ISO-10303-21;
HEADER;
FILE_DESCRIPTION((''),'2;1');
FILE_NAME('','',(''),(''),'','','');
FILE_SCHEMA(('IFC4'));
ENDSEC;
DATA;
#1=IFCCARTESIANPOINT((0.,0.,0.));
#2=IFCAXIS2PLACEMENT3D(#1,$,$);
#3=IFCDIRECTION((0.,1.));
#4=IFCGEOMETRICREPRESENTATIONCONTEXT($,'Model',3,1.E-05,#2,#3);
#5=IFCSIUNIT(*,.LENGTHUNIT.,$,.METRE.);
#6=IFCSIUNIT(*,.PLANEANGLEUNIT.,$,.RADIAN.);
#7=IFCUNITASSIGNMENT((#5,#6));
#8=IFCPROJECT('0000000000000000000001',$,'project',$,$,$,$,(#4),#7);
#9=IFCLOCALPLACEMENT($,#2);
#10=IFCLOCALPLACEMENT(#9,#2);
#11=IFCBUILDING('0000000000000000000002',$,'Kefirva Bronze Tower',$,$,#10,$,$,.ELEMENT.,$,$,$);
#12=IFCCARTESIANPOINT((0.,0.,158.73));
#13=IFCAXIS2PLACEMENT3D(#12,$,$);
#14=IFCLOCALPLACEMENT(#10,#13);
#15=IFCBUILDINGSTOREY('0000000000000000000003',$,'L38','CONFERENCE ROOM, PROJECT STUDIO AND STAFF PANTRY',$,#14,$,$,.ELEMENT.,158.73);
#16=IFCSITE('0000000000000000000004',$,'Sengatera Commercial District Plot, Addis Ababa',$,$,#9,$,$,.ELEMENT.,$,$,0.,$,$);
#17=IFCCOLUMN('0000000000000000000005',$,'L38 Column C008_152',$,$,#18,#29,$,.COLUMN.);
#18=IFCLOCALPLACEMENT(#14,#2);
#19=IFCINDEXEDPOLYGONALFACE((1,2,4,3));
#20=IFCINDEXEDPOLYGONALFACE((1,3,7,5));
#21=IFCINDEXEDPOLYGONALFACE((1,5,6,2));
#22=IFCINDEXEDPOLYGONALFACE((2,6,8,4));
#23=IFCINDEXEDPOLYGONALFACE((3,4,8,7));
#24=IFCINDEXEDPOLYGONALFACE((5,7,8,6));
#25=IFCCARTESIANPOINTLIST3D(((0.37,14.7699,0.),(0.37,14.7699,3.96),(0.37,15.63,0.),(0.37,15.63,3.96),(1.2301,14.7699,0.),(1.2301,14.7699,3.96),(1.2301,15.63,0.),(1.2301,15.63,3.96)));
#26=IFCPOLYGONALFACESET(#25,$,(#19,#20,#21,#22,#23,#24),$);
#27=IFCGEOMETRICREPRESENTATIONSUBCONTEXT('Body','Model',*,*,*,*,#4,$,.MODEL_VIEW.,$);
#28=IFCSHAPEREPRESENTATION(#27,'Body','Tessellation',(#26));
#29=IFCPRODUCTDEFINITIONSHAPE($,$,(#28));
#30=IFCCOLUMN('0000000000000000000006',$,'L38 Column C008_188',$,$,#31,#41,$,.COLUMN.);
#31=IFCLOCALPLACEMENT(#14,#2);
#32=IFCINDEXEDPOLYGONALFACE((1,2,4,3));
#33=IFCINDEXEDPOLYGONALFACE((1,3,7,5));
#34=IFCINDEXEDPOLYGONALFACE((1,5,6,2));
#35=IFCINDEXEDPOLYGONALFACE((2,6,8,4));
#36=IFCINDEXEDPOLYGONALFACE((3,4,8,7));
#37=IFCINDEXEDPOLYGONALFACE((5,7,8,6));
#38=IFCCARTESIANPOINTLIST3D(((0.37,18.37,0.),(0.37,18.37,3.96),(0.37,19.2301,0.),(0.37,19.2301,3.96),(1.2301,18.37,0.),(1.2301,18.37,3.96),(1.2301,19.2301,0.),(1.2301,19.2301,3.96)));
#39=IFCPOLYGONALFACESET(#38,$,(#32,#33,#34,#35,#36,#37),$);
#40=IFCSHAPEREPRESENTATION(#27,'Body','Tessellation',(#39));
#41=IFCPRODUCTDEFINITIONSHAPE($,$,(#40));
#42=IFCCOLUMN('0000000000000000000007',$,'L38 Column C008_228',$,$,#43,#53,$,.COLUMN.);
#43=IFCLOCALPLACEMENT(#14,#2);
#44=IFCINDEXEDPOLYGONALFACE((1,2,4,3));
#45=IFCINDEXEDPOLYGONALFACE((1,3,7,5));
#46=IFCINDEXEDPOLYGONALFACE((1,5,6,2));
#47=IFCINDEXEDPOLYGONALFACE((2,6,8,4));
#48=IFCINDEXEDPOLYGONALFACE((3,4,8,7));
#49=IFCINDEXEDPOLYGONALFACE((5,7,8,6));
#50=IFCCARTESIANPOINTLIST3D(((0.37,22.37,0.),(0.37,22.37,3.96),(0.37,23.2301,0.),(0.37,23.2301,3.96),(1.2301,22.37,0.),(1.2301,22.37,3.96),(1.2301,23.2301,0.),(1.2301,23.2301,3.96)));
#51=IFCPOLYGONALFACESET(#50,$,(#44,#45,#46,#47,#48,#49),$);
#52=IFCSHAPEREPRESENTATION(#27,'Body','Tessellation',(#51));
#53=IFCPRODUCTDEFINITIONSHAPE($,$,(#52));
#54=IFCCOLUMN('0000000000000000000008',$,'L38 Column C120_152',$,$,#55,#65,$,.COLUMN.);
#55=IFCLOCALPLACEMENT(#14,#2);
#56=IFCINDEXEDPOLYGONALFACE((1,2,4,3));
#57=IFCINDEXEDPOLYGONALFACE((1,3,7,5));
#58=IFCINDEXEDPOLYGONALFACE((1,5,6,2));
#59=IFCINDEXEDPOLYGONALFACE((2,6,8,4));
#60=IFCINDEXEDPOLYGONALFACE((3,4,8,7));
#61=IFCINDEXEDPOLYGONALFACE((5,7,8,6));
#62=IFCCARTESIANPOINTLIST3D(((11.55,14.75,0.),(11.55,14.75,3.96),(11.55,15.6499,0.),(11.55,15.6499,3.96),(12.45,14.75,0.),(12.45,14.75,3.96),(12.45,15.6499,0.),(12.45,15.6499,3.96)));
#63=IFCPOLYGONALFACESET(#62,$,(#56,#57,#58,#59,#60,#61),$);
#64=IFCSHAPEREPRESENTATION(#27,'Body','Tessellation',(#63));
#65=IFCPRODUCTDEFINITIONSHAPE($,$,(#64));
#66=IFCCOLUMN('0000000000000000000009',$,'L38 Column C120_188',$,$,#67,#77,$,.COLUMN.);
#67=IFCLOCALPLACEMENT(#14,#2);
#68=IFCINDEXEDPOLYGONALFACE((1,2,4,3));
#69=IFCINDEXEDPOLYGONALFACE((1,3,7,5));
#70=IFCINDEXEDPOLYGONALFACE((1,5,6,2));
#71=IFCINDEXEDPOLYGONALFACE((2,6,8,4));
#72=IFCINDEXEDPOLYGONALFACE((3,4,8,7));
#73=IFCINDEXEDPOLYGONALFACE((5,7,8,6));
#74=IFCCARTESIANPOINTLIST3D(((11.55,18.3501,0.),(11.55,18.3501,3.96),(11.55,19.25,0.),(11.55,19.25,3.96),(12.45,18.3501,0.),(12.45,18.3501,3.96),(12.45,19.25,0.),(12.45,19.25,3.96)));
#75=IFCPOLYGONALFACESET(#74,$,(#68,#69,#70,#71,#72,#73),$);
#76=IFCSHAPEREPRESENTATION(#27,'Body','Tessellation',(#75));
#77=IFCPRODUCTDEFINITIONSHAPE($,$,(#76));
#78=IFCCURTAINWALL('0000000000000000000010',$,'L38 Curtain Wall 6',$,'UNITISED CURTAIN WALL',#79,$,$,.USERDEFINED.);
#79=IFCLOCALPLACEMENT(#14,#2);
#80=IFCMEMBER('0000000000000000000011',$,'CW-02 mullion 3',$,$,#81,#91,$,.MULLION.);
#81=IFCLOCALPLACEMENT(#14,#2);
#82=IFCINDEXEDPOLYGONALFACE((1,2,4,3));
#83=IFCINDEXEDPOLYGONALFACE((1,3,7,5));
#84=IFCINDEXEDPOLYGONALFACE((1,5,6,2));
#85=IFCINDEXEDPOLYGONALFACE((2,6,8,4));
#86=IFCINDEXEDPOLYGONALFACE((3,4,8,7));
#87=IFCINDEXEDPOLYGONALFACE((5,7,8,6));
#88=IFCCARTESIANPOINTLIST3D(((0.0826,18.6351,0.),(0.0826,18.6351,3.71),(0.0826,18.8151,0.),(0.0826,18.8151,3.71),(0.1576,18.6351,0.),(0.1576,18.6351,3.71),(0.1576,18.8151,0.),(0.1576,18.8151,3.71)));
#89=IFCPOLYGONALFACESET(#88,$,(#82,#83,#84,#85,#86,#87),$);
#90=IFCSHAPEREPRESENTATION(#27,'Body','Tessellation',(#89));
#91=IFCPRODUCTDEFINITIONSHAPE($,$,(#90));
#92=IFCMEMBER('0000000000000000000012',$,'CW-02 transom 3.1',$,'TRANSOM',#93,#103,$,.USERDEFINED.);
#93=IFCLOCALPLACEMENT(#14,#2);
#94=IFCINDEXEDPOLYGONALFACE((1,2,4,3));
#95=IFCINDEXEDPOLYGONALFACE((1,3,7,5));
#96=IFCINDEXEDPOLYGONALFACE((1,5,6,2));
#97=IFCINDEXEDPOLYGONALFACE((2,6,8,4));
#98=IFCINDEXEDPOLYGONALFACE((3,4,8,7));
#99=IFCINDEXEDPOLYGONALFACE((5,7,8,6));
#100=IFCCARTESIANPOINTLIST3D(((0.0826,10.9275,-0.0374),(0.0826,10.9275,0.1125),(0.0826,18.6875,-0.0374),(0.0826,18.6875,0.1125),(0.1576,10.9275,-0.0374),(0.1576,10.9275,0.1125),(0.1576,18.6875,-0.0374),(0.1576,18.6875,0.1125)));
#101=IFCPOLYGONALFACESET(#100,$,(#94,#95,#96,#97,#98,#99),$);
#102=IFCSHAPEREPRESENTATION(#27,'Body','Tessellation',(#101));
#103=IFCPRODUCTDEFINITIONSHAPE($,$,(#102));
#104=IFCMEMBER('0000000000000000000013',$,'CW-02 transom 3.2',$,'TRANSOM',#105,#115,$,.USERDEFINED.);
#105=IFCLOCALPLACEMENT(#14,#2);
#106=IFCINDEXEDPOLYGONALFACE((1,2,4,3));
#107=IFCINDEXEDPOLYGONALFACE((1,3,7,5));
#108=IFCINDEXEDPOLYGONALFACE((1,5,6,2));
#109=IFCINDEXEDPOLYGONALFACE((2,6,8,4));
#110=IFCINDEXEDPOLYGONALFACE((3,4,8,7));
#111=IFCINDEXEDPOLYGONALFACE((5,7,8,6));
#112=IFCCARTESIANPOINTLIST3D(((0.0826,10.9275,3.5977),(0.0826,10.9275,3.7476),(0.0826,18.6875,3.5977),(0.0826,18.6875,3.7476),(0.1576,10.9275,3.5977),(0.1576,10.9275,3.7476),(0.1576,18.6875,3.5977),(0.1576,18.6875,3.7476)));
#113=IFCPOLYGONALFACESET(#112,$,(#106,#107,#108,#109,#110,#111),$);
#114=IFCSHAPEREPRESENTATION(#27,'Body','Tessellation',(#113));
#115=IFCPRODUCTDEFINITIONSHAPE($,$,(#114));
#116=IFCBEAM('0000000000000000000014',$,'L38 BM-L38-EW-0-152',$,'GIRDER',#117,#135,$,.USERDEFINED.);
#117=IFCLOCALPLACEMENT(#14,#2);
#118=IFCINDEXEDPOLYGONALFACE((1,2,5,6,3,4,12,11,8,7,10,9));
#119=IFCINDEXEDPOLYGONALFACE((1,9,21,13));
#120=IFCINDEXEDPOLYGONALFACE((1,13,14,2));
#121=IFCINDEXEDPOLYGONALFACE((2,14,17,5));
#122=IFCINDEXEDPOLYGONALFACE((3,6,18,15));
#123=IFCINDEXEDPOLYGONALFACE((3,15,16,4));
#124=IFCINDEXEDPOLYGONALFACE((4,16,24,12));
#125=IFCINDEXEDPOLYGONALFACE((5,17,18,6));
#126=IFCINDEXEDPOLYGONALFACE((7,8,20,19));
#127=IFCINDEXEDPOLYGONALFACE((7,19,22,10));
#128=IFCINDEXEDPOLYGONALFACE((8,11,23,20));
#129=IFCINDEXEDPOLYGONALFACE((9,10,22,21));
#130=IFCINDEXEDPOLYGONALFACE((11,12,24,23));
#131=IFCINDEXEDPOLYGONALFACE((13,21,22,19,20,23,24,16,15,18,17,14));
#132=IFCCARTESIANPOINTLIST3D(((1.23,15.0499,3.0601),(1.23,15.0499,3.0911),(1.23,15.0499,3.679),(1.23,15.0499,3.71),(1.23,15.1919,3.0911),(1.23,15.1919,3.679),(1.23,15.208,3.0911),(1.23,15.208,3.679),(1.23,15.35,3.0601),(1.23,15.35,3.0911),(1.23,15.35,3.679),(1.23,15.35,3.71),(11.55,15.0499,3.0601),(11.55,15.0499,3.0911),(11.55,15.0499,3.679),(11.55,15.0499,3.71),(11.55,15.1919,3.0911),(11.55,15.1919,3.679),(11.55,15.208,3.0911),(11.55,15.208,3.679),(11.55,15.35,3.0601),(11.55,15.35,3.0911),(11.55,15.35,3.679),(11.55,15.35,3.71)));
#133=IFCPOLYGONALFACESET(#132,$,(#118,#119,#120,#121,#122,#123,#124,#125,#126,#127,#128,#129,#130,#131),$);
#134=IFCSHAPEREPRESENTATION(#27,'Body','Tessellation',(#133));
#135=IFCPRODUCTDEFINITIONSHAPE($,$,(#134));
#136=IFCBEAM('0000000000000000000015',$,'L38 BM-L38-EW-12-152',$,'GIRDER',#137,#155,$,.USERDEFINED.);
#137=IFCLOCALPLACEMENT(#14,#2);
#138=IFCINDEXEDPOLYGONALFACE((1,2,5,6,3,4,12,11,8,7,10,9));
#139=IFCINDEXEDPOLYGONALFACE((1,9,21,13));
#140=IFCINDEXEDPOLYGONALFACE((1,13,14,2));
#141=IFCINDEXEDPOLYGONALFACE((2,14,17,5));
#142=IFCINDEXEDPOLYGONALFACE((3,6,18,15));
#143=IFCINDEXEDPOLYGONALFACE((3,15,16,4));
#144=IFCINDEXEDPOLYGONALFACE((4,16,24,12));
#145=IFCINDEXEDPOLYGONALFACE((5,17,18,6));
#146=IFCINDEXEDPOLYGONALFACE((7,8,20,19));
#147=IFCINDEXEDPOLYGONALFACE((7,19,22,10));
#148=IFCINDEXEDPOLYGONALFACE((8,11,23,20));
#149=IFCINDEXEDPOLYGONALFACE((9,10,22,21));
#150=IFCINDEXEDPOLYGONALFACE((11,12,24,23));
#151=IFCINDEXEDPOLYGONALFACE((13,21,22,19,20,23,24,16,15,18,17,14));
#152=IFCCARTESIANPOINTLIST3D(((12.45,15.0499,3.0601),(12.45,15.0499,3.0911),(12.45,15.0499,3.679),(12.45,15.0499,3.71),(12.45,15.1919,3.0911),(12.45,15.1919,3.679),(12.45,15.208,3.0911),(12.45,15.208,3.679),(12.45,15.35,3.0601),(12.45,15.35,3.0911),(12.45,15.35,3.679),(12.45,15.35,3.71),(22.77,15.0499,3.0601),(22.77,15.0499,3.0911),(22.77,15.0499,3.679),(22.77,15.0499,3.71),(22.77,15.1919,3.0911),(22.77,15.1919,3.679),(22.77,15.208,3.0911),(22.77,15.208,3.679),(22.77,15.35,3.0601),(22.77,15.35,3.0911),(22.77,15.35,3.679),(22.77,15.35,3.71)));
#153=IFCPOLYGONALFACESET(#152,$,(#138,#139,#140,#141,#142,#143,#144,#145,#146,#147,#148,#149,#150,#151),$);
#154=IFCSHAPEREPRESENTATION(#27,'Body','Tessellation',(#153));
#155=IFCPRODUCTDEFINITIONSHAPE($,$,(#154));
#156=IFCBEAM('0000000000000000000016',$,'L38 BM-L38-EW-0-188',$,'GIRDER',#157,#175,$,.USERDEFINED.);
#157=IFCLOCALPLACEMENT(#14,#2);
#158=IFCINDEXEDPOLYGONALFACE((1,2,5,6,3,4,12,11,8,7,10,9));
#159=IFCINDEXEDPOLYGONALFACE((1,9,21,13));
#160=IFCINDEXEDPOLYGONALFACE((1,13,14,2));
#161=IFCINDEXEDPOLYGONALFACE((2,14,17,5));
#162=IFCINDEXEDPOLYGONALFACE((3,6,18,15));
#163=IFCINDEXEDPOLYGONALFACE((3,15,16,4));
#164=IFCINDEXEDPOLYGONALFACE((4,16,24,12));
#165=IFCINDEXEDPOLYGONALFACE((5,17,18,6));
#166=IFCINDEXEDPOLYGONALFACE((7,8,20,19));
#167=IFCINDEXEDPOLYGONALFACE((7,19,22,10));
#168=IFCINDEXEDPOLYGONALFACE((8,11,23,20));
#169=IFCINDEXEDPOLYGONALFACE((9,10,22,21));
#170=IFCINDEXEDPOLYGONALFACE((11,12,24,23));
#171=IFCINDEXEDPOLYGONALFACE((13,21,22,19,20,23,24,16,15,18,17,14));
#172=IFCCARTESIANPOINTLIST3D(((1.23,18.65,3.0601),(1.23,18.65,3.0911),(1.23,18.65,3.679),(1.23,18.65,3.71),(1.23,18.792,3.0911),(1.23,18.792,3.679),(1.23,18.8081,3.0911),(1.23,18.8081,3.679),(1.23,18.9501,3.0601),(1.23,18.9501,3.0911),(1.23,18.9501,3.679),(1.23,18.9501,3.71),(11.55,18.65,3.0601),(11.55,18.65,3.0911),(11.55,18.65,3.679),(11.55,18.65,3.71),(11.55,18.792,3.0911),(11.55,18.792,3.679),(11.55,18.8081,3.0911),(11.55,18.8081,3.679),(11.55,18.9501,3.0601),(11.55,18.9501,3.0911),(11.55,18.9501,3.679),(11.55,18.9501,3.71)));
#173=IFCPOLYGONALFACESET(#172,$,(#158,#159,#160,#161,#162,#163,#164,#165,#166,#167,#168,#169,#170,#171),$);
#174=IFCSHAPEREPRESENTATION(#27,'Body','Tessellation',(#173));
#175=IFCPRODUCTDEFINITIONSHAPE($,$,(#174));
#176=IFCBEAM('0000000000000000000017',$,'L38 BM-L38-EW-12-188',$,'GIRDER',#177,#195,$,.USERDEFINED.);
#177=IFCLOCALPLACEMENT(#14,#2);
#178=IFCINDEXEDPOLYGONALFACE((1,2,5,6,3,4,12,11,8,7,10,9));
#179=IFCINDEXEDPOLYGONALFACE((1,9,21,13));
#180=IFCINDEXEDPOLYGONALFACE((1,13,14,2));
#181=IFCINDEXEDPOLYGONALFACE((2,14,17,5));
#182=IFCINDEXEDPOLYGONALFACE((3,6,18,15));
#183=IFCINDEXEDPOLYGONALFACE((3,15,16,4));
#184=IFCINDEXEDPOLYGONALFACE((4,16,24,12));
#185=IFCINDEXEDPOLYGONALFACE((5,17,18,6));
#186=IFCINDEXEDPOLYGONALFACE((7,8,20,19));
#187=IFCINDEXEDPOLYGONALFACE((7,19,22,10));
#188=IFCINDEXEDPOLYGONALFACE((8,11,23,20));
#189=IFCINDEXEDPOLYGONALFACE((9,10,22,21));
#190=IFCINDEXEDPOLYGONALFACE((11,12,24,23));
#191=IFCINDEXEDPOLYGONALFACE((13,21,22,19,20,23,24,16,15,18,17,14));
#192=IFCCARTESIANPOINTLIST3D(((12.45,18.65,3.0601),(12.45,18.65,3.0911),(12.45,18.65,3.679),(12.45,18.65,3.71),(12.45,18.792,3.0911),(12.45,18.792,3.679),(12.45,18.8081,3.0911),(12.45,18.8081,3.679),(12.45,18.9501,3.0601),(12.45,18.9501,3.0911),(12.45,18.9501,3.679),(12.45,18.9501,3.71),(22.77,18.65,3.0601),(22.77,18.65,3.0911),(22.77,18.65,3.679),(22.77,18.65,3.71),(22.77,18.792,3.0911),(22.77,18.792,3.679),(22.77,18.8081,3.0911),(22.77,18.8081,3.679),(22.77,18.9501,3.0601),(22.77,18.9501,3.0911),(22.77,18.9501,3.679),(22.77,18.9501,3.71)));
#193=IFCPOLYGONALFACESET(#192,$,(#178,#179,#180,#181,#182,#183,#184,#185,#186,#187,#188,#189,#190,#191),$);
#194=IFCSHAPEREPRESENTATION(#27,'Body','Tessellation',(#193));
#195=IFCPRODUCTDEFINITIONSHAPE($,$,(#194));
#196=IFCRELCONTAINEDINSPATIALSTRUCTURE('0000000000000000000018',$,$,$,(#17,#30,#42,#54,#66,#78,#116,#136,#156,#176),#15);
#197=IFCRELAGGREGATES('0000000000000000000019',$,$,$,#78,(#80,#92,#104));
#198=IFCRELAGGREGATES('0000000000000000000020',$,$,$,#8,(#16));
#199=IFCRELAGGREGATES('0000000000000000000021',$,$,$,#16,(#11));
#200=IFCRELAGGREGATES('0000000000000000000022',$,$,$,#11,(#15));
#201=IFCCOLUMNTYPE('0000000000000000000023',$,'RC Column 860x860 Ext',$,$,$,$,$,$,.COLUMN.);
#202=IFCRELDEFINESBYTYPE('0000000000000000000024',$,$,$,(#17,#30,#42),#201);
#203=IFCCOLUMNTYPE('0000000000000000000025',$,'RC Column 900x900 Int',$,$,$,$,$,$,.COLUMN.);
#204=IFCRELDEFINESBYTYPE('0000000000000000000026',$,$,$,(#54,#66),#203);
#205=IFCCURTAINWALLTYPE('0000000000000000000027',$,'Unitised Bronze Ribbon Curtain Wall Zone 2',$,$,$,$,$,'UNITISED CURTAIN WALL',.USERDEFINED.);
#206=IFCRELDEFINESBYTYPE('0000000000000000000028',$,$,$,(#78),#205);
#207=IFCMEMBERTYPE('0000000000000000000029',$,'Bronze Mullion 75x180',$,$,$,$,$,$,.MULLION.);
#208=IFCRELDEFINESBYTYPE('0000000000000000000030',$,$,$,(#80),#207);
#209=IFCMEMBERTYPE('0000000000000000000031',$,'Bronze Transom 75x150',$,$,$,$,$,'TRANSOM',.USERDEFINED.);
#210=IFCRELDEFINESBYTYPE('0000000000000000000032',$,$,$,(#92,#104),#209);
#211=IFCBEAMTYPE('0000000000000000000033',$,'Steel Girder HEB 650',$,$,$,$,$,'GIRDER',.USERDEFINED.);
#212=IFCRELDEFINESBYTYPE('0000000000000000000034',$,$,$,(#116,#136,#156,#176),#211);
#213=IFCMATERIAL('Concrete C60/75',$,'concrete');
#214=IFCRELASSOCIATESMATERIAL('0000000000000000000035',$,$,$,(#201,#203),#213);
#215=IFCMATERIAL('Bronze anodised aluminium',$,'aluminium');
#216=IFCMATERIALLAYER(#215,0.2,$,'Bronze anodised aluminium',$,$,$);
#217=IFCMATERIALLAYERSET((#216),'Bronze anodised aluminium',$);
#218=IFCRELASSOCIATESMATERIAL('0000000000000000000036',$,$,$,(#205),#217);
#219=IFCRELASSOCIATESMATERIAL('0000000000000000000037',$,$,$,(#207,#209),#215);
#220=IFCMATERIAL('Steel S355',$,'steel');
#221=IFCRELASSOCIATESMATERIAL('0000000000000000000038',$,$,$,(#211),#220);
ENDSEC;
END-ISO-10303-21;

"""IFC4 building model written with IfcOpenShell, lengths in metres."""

from ifc_helpers import new_model, si_unit, direction, frame, origin, origin_2d, place, context, subcontext, project, spatial, rectangle, i_section, extrude, material, layer, layer_set, material_profile, profile_set, type_object, element, aggregate, save


model = new_model("IFC4")

# Units and contexts
model_context = context("Model", 3, precision=1e-05, world=origin(), true_north=direction((0.0, 1.0)))
body_context = subcontext(model_context, "Body", "Model", "MODEL_VIEW")
ifc_project = project(units=[si_unit("LENGTHUNIT", "METRE"), si_unit("PLANEANGLEUNIT", "RADIAN")], contexts=[model_context])

# Site, building, storey
site_placement = place(None, origin())
site = spatial("IfcSite", under=ifc_project, at=site_placement, Name="Sengatera Commercial District Plot, Addis Ababa", CompositionType="ELEMENT", RefElevation=0.0)
building_placement = place(site_placement, origin())
building = spatial("IfcBuilding", under=site, at=building_placement, Name="Kefirva Bronze Tower", CompositionType="ELEMENT")
storey_placement = place(building_placement, frame((0.0, 0.0, 158.73)))
storey = spatial("IfcBuildingStorey", under=building, at=storey_placement, Name="L38", Description="CONFERENCE ROOM, PROJECT STUDIO AND STAFF PANTRY", CompositionType="ELEMENT", Elevation=158.73)

# Columns
ifc_material_1 = material(Name="Concrete C60/75", Category="concrete")
ifc_material_profile_1 = material_profile(ifc_material_1, rectangle(XDim=0.8601, YDim=0.8601, at=origin_2d()), Name="RC 860x860")
ifc_profile_set_1 = profile_set([ifc_material_profile_1], Name="Concrete C60/75")
column_type_1 = type_object("IfcColumnType", Name="RC Column 860x860 Ext", PredefinedType="COLUMN", material=ifc_profile_set_1)
for number, where, z_axis, x_axis, name in (
    (1, (0.8, 15.2, 0.0), (0.0, 0.0, 1.0), (1.0, 0.0, 0.0), "L38 Column C008_152"),
    (2, (0.8, 18.8, 0.0), (0.0, 0.0, 1.0), (1.0, 0.0, 0.0), "L38 Column C008_188"),
    (3, (0.8, 22.8, 0.0), (0.0, 0.0, 1.0), (1.0, 0.0, 0.0), "L38 Column C008_228"),
):
    element("IfcColumn", number, at=place(storey_placement, frame(where, z_axis=z_axis, x_axis=x_axis)), inside=storey, type_object=column_type_1, Name=name, PredefinedType="COLUMN", context=body_context, shape_type="SweptSolid", body=[
        extrude(rectangle(XDim=0.8601, YDim=0.8601, at=origin_2d()), origin(), (0.0, 0.0, 1.0), 3.96),
    ])
ifc_material_profile_2 = material_profile(ifc_material_1, rectangle(XDim=0.8999, YDim=0.8999, at=origin_2d()), Name="RC 900x900")
ifc_profile_set_2 = profile_set([ifc_material_profile_2], Name="Concrete C60/75")
column_type_2 = type_object("IfcColumnType", Name="RC Column 900x900 Int", PredefinedType="COLUMN", material=ifc_profile_set_2)
for number, where, z_axis, x_axis, name in (
    (4, (12.0, 15.2, 0.0), (0.0, 0.0, 1.0), (1.0, 0.0, 0.0), "L38 Column C120_152"),
    (5, (12.0, 18.8, 0.0), (0.0, 0.0, 1.0), (1.0, 0.0, 0.0), "L38 Column C120_188"),
):
    element("IfcColumn", number, at=place(storey_placement, frame(where, z_axis=z_axis, x_axis=x_axis)), inside=storey, type_object=column_type_2, Name=name, PredefinedType="COLUMN", context=body_context, shape_type="SweptSolid", body=[
        extrude(rectangle(XDim=0.8999, YDim=0.8999, at=origin_2d()), origin(), (0.0, 0.0, 1.0), 3.96),
    ])

# Curtain wall, members
ifc_material_2 = material(Name="Bronze anodised aluminium", Category="aluminium")
ifc_layer_1 = layer(ifc_material_2, 0.2, Name="Bronze anodised aluminium")
ifc_layer_set_1 = layer_set([ifc_layer_1], Name="Bronze anodised aluminium")
curtain_wall_type = type_object("IfcCurtainWallType", Name="Unitised Bronze Ribbon Curtain Wall Zone 2", ElementType="UNITISED CURTAIN WALL", PredefinedType="USERDEFINED", material=ifc_layer_set_1)
curtain_wall_placement = place(storey_placement, origin())
curtain_wall = element("IfcCurtainWall", 6, at=curtain_wall_placement, inside=storey, type_object=curtain_wall_type, Name="L38 Curtain Wall 6", ObjectType="UNITISED CURTAIN WALL", PredefinedType="USERDEFINED")
ifc_material_profile_3 = material_profile(ifc_material_2, rectangle(XDim=0.075, YDim=0.1799, at=origin_2d()), Name="ALU 75x180")
ifc_profile_set_3 = profile_set([ifc_material_profile_3], Name="Bronze anodised aluminium")
member_type_1 = type_object("IfcMemberType", Name="Bronze Mullion 75x180", PredefinedType="MULLION", material=ifc_profile_set_3)
member_1_placement = place(storey_placement, frame((0.1201, 18.7251, 0.0), z_axis=(0.0, 0.0, 1.0), x_axis=(1.0, 0.0, 0.0)))
member_1 = element("IfcMember", 7, at=member_1_placement, type_object=member_type_1, Name="CW-02 mullion 3", PredefinedType="MULLION", context=body_context, shape_type="SweptSolid", body=[
    extrude(rectangle(XDim=0.075, YDim=0.1799, at=origin_2d()), origin(), (0.0, 0.0, 1.0), 3.71),
])
ifc_material_profile_4 = material_profile(ifc_material_2, rectangle(XDim=0.075, YDim=0.1499, at=origin_2d()), Name="ALU 75x150")
ifc_profile_set_4 = profile_set([ifc_material_profile_4], Name="Bronze anodised aluminium")
member_type_2 = type_object("IfcMemberType", Name="Bronze Transom 75x150", ElementType="TRANSOM", PredefinedType="USERDEFINED", material=ifc_profile_set_4)
member_2_placement = place(storey_placement, frame((0.1201, 18.6875, 0.0376), z_axis=(0.0, -1.0, 0.0), x_axis=(1.0, 0.0, 0.0)))
member_2 = element("IfcMember", 8, at=member_2_placement, type_object=member_type_2, Name="CW-02 transom 3.1", ObjectType="TRANSOM", PredefinedType="USERDEFINED", context=body_context, shape_type="SweptSolid", body=[
    extrude(rectangle(XDim=0.075, YDim=0.1499, at=origin_2d()), origin(), (0.0, 0.0, 1.0), 7.76),
])
member_3_placement = place(storey_placement, frame((0.1201, 18.6875, 3.6726), z_axis=(0.0, -1.0, 0.0), x_axis=(1.0, 0.0, 0.0)))
member_3 = element("IfcMember", 9, at=member_3_placement, type_object=member_type_2, Name="CW-02 transom 3.2", ObjectType="TRANSOM", PredefinedType="USERDEFINED", context=body_context, shape_type="SweptSolid", body=[
    extrude(rectangle(XDim=0.075, YDim=0.1499, at=origin_2d()), origin(), (0.0, 0.0, 1.0), 7.76),
])

# Beams
ifc_material_3 = material(Name="Steel S355", Category="steel")
ifc_material_profile_5 = material_profile(ifc_material_3, i_section(OverallWidth=0.3, OverallDepth=0.6499, WebThickness=0.0161, FlangeThickness=0.031, at=origin_2d()), Name="HEB 650")
ifc_profile_set_5 = profile_set([ifc_material_profile_5], Name="Steel S355")
beam_type_1 = type_object("IfcBeamType", Name="Steel Girder HEB 650", ElementType="GIRDER", PredefinedType="USERDEFINED", material=ifc_profile_set_5)
for number, where, z_axis, x_axis, name in (
    (10, (1.23, 15.2, 3.385), (1.0, 0.0, 0.0), (0.0, 1.0, 0.0), "L38 BM-L38-EW-0-152"),
    (11, (12.45, 15.2, 3.385), (1.0, 0.0, 0.0), (0.0, 1.0, 0.0), "L38 BM-L38-EW-12-152"),
    (12, (1.23, 18.8, 3.385), (1.0, 0.0, 0.0), (0.0, 1.0, 0.0), "L38 BM-L38-EW-0-188"),
    (13, (12.45, 18.8, 3.385), (1.0, 0.0, 0.0), (0.0, 1.0, 0.0), "L38 BM-L38-EW-12-188"),
):
    element("IfcBeam", number, at=place(storey_placement, frame(where, z_axis=z_axis, x_axis=x_axis)), inside=storey, type_object=beam_type_1, Name=name, ObjectType="GIRDER", PredefinedType="USERDEFINED", context=body_context, shape_type="SweptSolid", body=[
        extrude(i_section(OverallWidth=0.3, OverallDepth=0.6499, WebThickness=0.0161, FlangeThickness=0.031, at=origin_2d()), origin(), (0.0, 0.0, 1.0), 10.3201),
    ])

aggregate(curtain_wall, [member_1, member_2, member_3])

save(model, "model.ifc")
